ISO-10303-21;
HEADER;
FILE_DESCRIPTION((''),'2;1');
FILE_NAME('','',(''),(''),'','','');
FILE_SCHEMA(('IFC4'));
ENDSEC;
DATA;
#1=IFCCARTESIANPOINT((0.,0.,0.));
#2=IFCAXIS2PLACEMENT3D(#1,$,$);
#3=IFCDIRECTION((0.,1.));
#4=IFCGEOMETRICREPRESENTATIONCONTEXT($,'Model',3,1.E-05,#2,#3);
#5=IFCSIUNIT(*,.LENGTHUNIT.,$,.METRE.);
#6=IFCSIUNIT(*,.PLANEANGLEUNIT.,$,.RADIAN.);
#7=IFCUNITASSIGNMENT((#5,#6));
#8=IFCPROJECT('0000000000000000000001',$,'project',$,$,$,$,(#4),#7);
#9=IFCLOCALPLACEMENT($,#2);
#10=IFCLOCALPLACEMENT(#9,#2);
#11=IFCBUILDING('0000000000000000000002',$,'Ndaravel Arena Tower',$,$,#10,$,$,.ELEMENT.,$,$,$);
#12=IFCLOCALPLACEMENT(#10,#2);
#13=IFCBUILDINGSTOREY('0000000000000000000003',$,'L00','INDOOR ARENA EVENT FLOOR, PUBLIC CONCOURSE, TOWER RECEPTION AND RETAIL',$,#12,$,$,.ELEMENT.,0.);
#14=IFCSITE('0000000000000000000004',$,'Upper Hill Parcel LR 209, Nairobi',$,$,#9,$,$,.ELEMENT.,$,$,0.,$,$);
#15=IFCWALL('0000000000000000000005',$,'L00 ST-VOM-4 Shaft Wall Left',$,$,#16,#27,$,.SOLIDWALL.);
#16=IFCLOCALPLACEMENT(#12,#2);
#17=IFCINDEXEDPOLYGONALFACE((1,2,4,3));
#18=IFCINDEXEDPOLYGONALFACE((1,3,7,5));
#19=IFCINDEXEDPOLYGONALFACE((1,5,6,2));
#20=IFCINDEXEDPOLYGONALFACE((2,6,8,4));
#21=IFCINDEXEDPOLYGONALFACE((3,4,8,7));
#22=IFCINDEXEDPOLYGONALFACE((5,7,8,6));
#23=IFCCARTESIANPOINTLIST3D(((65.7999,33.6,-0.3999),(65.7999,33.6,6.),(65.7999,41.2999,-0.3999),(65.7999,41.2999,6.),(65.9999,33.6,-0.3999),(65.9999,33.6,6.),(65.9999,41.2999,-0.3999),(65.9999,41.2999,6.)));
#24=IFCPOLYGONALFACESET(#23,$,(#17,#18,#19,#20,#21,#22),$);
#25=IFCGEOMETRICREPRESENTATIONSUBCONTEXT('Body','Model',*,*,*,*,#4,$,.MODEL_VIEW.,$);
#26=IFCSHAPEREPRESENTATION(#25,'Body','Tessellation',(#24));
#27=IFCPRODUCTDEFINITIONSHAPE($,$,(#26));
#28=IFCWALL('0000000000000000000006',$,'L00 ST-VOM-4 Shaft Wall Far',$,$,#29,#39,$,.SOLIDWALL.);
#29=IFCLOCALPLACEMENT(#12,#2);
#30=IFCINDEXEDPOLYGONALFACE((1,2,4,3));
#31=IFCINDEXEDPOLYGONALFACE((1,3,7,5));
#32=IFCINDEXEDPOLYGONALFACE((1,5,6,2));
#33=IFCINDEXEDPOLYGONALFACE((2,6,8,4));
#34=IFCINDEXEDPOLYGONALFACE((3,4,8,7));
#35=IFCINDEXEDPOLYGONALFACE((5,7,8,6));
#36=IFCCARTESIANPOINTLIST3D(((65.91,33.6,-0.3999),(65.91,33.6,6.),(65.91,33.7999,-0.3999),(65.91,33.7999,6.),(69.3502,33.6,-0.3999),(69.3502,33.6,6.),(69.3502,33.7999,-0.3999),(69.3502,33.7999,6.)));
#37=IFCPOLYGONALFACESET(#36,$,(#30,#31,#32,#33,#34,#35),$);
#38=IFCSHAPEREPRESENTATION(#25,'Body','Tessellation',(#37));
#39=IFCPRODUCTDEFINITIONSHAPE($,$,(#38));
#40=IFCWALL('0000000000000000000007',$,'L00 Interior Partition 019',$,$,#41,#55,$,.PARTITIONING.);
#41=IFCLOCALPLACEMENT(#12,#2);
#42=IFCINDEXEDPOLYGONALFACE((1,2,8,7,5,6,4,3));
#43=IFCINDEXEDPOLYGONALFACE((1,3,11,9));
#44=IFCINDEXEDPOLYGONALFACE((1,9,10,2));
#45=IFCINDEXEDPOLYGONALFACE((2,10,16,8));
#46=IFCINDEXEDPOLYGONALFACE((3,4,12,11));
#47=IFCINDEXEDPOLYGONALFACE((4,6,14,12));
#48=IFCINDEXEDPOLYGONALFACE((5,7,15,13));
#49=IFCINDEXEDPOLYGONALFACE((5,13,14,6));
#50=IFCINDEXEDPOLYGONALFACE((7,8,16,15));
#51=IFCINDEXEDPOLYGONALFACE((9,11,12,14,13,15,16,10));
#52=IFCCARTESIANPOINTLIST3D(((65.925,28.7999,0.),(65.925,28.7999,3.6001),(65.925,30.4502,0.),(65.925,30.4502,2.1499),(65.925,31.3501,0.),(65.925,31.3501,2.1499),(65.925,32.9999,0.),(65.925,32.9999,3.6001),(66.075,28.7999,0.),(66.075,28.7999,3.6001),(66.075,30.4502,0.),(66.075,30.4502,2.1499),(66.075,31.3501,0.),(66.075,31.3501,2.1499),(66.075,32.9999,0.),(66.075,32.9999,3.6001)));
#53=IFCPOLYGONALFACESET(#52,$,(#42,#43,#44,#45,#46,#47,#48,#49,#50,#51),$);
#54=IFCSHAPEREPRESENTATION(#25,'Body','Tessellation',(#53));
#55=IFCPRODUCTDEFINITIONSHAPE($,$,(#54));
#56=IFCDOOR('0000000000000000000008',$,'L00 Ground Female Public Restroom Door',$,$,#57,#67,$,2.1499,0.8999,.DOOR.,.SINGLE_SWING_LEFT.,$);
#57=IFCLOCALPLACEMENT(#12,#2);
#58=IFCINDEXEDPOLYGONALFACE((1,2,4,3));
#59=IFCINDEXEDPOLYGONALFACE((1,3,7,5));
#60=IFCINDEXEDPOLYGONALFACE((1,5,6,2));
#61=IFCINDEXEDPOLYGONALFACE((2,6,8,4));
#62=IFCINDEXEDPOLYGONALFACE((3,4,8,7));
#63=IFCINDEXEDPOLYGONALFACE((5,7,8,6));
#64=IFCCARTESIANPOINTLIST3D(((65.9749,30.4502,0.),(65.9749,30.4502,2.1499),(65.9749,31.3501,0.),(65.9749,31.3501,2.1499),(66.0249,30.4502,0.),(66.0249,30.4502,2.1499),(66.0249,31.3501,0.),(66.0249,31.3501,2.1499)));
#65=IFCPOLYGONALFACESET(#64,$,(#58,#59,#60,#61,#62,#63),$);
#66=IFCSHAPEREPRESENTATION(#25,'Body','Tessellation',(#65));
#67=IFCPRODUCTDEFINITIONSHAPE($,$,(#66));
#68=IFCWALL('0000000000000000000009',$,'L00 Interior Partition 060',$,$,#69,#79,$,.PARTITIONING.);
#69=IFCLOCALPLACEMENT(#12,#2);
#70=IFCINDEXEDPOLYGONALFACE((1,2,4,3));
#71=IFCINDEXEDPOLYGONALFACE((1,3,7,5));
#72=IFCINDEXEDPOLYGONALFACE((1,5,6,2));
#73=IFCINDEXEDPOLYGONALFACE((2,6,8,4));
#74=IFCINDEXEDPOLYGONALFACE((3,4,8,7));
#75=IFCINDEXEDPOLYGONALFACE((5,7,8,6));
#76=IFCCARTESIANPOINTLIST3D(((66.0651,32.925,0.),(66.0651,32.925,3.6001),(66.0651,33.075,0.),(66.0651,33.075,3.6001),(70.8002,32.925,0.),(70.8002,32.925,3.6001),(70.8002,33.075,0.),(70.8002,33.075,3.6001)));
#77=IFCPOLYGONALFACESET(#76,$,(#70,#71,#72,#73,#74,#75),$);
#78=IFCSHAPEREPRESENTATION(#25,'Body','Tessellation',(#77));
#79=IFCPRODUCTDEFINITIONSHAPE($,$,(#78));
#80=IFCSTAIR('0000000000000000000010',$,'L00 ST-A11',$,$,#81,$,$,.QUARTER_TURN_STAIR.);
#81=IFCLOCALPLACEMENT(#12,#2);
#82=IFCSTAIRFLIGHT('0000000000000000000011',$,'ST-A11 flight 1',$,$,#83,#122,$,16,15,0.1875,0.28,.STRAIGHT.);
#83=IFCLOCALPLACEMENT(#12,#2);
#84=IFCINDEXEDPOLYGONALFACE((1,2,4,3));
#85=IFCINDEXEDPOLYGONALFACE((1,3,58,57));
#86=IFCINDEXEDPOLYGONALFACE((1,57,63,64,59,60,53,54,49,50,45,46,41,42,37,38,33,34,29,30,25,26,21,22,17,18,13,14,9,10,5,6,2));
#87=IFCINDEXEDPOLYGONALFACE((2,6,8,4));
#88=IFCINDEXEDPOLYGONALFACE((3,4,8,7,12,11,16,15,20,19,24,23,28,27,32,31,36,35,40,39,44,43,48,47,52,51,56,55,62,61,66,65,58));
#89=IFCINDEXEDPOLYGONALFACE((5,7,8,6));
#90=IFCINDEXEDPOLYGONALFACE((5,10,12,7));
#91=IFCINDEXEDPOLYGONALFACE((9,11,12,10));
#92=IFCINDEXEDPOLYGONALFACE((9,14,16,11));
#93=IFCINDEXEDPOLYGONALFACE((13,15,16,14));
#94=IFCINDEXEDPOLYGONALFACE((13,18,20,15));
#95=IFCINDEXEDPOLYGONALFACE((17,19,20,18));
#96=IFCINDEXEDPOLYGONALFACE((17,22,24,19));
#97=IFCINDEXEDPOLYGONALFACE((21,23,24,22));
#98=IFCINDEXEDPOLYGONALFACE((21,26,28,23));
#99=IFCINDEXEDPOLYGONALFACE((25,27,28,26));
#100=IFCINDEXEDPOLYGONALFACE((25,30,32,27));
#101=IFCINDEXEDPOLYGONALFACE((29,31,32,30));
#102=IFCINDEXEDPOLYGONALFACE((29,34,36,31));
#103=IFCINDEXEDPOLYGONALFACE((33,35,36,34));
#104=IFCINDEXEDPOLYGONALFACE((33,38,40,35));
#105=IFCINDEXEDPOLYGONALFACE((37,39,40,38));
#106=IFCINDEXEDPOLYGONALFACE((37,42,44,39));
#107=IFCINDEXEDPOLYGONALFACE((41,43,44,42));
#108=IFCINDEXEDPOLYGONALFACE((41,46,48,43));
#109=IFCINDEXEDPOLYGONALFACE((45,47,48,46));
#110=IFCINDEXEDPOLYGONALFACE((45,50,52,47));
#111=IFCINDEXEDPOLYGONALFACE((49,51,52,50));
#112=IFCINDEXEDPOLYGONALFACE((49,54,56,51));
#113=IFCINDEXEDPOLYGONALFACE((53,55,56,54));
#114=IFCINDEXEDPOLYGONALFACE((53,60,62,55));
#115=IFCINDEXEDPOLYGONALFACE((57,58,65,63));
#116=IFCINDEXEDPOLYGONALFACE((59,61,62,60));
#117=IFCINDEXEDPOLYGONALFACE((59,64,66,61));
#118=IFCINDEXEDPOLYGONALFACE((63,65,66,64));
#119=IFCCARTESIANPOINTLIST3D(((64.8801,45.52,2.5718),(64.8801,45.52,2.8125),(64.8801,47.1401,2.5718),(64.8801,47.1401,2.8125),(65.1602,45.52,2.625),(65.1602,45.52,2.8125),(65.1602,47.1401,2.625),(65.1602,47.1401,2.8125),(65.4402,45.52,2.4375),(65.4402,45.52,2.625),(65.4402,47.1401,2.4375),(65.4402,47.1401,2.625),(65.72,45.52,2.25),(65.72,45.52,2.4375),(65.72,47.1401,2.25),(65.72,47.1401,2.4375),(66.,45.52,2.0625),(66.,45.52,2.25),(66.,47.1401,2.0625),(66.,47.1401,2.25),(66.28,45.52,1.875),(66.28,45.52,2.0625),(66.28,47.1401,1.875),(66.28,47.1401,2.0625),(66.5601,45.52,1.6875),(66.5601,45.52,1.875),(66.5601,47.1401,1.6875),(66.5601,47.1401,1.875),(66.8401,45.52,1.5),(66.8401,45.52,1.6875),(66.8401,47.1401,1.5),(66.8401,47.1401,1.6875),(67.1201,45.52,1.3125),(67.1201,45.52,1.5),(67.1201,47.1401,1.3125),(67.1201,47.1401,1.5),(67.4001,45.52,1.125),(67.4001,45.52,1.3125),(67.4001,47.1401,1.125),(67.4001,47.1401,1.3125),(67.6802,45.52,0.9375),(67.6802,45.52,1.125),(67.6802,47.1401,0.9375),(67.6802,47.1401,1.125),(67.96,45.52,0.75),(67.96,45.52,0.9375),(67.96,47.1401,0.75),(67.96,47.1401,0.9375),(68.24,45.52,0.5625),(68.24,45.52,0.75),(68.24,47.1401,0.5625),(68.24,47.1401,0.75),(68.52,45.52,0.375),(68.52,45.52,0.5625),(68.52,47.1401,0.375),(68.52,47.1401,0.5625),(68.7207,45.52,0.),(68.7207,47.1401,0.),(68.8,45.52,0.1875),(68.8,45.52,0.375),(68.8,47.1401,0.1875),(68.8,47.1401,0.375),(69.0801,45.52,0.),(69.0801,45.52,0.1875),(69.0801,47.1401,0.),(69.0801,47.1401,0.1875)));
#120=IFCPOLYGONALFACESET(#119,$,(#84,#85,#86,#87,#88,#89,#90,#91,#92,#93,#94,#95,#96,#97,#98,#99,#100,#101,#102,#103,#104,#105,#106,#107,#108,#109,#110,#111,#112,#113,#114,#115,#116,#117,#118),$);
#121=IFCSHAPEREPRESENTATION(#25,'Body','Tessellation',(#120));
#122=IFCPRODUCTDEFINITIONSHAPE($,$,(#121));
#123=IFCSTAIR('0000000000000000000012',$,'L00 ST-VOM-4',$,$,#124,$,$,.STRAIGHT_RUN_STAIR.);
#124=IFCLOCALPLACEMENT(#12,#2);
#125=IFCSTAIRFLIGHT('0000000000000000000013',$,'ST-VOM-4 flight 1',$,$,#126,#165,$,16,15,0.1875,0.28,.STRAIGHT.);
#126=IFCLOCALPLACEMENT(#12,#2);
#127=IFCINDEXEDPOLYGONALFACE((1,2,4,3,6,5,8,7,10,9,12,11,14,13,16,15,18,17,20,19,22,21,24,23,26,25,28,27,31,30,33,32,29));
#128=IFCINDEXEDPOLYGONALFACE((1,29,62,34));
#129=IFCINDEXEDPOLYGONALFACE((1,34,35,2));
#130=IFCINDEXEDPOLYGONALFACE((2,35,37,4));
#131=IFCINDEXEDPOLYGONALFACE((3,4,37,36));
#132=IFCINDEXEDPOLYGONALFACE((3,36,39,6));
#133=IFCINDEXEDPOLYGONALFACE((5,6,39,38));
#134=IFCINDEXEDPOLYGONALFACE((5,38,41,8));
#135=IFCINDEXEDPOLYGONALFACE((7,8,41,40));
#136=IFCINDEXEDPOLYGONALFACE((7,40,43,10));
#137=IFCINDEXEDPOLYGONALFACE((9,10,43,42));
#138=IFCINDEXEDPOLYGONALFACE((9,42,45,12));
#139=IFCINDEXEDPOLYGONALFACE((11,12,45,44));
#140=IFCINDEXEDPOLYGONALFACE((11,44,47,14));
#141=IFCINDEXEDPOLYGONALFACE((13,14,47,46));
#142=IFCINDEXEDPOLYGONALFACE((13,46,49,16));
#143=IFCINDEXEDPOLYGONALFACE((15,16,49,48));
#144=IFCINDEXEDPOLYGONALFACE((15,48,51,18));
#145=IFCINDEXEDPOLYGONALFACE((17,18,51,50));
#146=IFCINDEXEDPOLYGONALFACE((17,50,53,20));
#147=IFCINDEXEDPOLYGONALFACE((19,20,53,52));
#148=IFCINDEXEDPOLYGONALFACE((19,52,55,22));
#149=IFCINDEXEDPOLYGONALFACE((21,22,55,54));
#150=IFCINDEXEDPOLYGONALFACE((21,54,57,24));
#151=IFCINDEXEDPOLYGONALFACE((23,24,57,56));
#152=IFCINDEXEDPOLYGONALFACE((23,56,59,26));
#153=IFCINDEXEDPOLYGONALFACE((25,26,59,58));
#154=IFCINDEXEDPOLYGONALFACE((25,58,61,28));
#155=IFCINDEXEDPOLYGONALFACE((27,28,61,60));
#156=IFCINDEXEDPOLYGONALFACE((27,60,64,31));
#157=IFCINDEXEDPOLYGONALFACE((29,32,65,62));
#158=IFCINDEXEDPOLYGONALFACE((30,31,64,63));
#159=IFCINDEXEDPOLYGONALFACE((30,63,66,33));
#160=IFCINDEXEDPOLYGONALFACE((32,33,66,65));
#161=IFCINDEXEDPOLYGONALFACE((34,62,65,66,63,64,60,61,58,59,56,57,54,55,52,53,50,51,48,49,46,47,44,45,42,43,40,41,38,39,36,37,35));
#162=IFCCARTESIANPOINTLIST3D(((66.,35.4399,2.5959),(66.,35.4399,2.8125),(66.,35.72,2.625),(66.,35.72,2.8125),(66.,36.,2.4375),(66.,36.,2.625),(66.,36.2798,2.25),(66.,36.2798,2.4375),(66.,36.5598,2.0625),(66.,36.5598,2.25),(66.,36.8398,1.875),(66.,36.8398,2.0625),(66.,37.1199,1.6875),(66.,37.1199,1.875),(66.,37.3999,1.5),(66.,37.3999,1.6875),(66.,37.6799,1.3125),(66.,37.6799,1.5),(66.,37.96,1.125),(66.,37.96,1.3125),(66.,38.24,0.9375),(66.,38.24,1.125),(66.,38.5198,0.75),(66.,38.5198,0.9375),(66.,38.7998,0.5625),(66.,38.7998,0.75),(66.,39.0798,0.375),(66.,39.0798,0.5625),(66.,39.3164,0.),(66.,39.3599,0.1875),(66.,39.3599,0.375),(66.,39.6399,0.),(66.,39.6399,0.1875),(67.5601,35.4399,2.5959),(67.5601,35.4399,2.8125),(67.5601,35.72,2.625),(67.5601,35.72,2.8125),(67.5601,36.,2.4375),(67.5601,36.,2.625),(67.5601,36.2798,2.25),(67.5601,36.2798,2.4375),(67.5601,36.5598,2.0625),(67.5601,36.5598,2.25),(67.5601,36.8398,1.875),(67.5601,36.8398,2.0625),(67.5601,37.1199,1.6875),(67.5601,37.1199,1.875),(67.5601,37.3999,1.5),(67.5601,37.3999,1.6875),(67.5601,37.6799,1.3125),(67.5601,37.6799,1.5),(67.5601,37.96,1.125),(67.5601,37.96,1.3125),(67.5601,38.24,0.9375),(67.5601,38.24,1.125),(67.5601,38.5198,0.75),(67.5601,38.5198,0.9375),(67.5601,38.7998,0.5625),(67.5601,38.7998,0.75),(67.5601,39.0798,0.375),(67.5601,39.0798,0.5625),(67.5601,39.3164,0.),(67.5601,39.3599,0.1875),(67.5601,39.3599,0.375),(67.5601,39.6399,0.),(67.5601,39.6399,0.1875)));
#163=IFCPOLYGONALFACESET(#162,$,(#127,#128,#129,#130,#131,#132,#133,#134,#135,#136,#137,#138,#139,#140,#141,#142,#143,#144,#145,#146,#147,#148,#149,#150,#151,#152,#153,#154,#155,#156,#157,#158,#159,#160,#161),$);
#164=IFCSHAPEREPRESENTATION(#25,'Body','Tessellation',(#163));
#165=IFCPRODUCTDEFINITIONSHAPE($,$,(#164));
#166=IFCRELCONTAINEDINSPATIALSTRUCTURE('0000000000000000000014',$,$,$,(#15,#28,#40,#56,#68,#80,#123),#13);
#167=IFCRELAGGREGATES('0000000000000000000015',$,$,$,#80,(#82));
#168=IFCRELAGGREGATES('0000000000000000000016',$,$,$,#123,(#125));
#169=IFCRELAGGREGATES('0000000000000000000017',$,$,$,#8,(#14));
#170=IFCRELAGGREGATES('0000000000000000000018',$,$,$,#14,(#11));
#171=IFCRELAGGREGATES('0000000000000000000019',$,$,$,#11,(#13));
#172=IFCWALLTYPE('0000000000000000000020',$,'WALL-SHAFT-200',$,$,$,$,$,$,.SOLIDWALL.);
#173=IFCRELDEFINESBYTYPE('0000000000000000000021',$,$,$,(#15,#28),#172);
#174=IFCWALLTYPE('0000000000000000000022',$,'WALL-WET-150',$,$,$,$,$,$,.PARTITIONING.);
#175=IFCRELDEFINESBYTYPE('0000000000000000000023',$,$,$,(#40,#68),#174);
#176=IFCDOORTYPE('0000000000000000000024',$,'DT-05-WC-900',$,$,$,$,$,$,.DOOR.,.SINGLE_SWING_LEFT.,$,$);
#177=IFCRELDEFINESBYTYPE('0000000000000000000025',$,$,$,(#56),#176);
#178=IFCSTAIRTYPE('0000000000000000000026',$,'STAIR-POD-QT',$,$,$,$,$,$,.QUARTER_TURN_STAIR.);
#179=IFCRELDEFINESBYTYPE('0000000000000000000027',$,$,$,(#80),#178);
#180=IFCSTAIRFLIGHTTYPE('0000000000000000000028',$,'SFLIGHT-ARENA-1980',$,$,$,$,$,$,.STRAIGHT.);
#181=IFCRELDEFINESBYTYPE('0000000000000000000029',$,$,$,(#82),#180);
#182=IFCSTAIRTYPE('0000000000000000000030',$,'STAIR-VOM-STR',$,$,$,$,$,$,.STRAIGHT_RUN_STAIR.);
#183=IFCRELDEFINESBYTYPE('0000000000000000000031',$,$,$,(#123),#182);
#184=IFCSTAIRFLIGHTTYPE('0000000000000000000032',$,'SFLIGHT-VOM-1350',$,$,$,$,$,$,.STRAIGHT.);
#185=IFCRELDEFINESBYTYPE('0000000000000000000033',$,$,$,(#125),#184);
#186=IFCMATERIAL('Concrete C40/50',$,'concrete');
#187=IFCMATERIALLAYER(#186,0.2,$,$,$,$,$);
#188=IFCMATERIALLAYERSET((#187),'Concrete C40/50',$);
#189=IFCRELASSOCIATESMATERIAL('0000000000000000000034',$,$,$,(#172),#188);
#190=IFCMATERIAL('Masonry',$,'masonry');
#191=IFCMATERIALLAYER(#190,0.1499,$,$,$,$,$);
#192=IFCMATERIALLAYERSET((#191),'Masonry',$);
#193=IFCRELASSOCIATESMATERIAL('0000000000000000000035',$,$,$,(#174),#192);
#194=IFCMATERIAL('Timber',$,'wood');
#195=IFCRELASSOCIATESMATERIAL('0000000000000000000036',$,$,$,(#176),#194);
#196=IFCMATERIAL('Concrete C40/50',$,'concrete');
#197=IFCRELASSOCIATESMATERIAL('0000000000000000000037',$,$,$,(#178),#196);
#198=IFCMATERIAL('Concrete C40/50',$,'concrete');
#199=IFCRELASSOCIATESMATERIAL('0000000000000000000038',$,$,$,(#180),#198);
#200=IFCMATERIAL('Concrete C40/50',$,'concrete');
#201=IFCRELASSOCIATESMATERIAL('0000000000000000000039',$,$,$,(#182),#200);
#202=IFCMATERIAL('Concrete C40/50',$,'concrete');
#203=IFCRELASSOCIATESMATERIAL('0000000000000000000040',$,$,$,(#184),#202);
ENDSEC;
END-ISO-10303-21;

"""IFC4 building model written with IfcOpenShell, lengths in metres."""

from ifc_helpers import new_model, si_unit, direction, frame, frame_2d, origin, place, context, subcontext, project, spatial, polyline, rectangle, outline, extrude, material, layer, layer_set, type_object, element, fill, aggregate, save


model = new_model("IFC4")

# Units and contexts
model_context = context("Model", 3, precision=1e-05, world=origin(), true_north=direction((0.0, 1.0)))
body_context = subcontext(model_context, "Body", "Model", "MODEL_VIEW")
ifc_project = project(units=[si_unit("LENGTHUNIT", "METRE"), si_unit("PLANEANGLEUNIT", "RADIAN")], contexts=[model_context])

# Site, building, storey
site_placement = place(None, origin())
site = spatial("IfcSite", under=ifc_project, at=site_placement, Name="Upper Hill Parcel LR 209, Nairobi", CompositionType="ELEMENT", RefElevation=0.0)
building_placement = place(site_placement, origin())
building = spatial("IfcBuilding", under=site, at=building_placement, Name="Ndaravel Arena Tower", CompositionType="ELEMENT")
storey_placement = place(building_placement, origin())
storey = spatial("IfcBuildingStorey", under=building, at=storey_placement, Name="L00", Description="INDOOR ARENA EVENT FLOOR, PUBLIC CONCOURSE, TOWER RECEPTION AND RETAIL", CompositionType="ELEMENT", Elevation=0.0)

# Walls
ifc_material_1 = material(Name="Concrete C40/50", Category="concrete")
ifc_layer_1 = layer(ifc_material_1, 0.2)
ifc_layer_set_1 = layer_set([ifc_layer_1], Name="Concrete C40/50")
wall_type_1 = type_object("IfcWallType", Name="WALL-SHAFT-200", PredefinedType="SOLIDWALL", material=ifc_layer_set_1)
wall_1_placement = place(storey_placement, frame((65.8999, 41.3, -0.3999), z_axis=(0.0, 0.0, 1.0), x_axis=(0.0, -1.0, 0.0)))
element("IfcWall", 1, at=wall_1_placement, inside=storey, type_object=wall_type_1, Name="L00 ST-VOM-4 Shaft Wall Left", PredefinedType="SOLIDWALL", context=body_context, shape_type="SweptSolid", body=[
    extrude(rectangle(XDim=7.7, YDim=0.2, at=frame_2d((3.8501, 0.0))), origin(), (0.0, 0.0, 1.0), 6.3999),
])
wall_2_placement = place(storey_placement, frame((65.9099, 33.7, -0.3999), z_axis=(0.0, 0.0, 1.0), x_axis=(1.0, 0.0, 0.0)))
element("IfcWall", 2, at=wall_2_placement, inside=storey, type_object=wall_type_1, Name="L00 ST-VOM-4 Shaft Wall Far", PredefinedType="SOLIDWALL", context=body_context, shape_type="SweptSolid", body=[
    extrude(rectangle(XDim=3.4402, YDim=0.2, at=frame_2d((1.7202, 0.0))), origin(), (0.0, 0.0, 1.0), 6.3999),
])

# Wall, opening, door
ifc_material_2 = material(Name="Masonry", Category="masonry")
ifc_layer_2 = layer(ifc_material_2, 0.1499)
ifc_layer_set_2 = layer_set([ifc_layer_2], Name="Masonry")
wall_type_2 = type_object("IfcWallType", Name="WALL-WET-150", PredefinedType="PARTITIONING", material=ifc_layer_set_2)
wall_3_placement = place(storey_placement, frame((66.0, 33.0, 0.0), z_axis=(0.0, 0.0, 1.0), x_axis=(0.0, -1.0, 0.0)))
wall_3 = element("IfcWall", 3, at=wall_3_placement, inside=storey, type_object=wall_type_2, Name="L00 Interior Partition 019", PredefinedType="PARTITIONING", context=body_context, shape_type="SweptSolid", body=[
    extrude(rectangle(XDim=4.2, YDim=0.1499, at=frame_2d((2.1001, 0.0))), origin(), (0.0, 0.0, 1.0), 3.6001),
])
opening_1_placement = place(wall_3_placement, frame((1.6499, 0.0, 0.0)))
opening_1 = element("IfcOpeningElement", 4, at=opening_1_placement, cuts=wall_3, PredefinedType="OPENING", context=body_context, shape_type="SweptSolid", body=[
    extrude(rectangle(XDim=0.8999, YDim=2.1499, at=frame_2d((0.45, 1.075))), frame((0.0, 0.075, 0.0), z_axis=(0.0, -1.0, 0.0), x_axis=(1.0, 0.0, 0.0)), (0.0, 0.0, 1.0), 0.1499),
])
ifc_material_3 = material(Name="Timber", Category="wood")
door_type_1 = type_object("IfcDoorType", Name="DT-05-WC-900", OperationType="SINGLE_SWING_LEFT", PredefinedType="DOOR", material=ifc_material_3)
door_1_placement = place(opening_1_placement, origin())
door_1 = element("IfcDoor", 5, at=door_1_placement, inside=storey, type_object=door_type_1, Name="L00 Ground Female Public Restroom Door", OperationType="SINGLE_SWING_LEFT", OverallHeight=2.1499, OverallWidth=0.8999, PredefinedType="DOOR", context=body_context, shape_type="SweptSolid", body=[
    extrude(rectangle(XDim=0.8999, YDim=2.1499, at=frame_2d((0.45, 1.075))), frame((0.0, 0.0249, 0.0), z_axis=(0.0, -1.0, 0.0), x_axis=(1.0, 0.0, 0.0)), (0.0, 0.0, 1.0), 0.05),
])
fill(opening_1, door_1)

# Wall
wall_4_placement = place(storey_placement, frame((66.0649, 33.0, 0.0), z_axis=(0.0, 0.0, 1.0), x_axis=(1.0, 0.0, 0.0)))
element("IfcWall", 6, at=wall_4_placement, inside=storey, type_object=wall_type_2, Name="L00 Interior Partition 060", PredefinedType="PARTITIONING", context=body_context, shape_type="SweptSolid", body=[
    extrude(rectangle(XDim=4.7351, YDim=0.1499, at=frame_2d((2.3677, 0.0))), origin(), (0.0, 0.0, 1.0), 3.6001),
])

# Stair, stair flight
ifc_material_4 = material(Name="Concrete C40/50", Category="concrete")
stair_type_1 = type_object("IfcStairType", Name="STAIR-POD-QT", PredefinedType="QUARTER_TURN_STAIR", material=ifc_material_4)
stair_1_placement = place(storey_placement, origin())
stair_1 = element("IfcStair", 7, at=stair_1_placement, inside=storey, type_object=stair_type_1, Name="L00 ST-A11", PredefinedType="QUARTER_TURN_STAIR")
ifc_material_5 = material(Name="Concrete C40/50", Category="concrete")
stair_flight_type_1 = type_object("IfcStairFlightType", Name="SFLIGHT-ARENA-1980", PredefinedType="STRAIGHT", material=ifc_material_5)
stair_flight_1_placement = place(storey_placement, frame((69.0801, 46.3301, 0.0), z_axis=(0.0, 0.0, 1.0), x_axis=(-1.0, 0.0, 0.0)))
stair_flight_1 = element("IfcStairFlight", 8, at=stair_flight_1_placement, type_object=stair_flight_type_1, Name="ST-A11 flight 1", NumberOfRisers=16, NumberOfTreads=15, PredefinedType="STRAIGHT", RiserHeight=0.1875, TreadLength=0.28, context=body_context, shape_type="SweptSolid", body=[
    extrude(outline(polyline([(0.0, 0.0), (0.0, 0.1875), (0.28, 0.1875), (0.28, 0.375), (0.5601, 0.375), (0.5601, 0.5625), (0.8401, 0.5625), (0.8401, 0.75), (1.1201, 0.75), (1.1201, 0.9375), (1.3999, 0.9375), (1.3999, 1.125), (1.6799, 1.125), (1.6799, 1.3125), (1.96, 1.3125), (1.96, 1.5), (2.24, 1.5), (2.24, 1.6875), (2.52, 1.6875), (2.52, 1.875), (2.8, 1.875), (2.8, 2.0625), (3.0801, 2.0625), (3.0801, 2.25), (3.3601, 2.25), (3.3601, 2.4375), (3.6399, 2.4375), (3.6399, 2.625), (3.9199, 2.625), (3.9199, 2.8125), (4.2, 2.8125), (4.2, 3.0), (4.2, 2.5718), (0.3594, 0.0), (0.0, 0.0)])), frame((0.0, 0.8101, 0.0), z_axis=(0.0, -1.0, 0.0), x_axis=(1.0, 0.0, 0.0)), (0.0, 0.0, 1.0), 1.6201),
])
aggregate(stair_1, [stair_flight_1])

# Stair, stair flight
ifc_material_6 = material(Name="Concrete C40/50", Category="concrete")
stair_type_2 = type_object("IfcStairType", Name="STAIR-VOM-STR", PredefinedType="STRAIGHT_RUN_STAIR", material=ifc_material_6)
stair_2_placement = place(storey_placement, origin())
stair_2 = element("IfcStair", 9, at=stair_2_placement, inside=storey, type_object=stair_type_2, Name="L00 ST-VOM-4", PredefinedType="STRAIGHT_RUN_STAIR")
ifc_material_7 = material(Name="Concrete C40/50", Category="concrete")
stair_flight_type_2 = type_object("IfcStairFlightType", Name="SFLIGHT-VOM-1350", PredefinedType="STRAIGHT", material=ifc_material_7)
stair_flight_2_placement = place(storey_placement, frame((66.78, 39.6399, 0.0), z_axis=(0.0, 0.0, 1.0), x_axis=(0.0, -1.0, 0.0)))
stair_flight_2 = element("IfcStairFlight", 10, at=stair_flight_2_placement, type_object=stair_flight_type_2, Name="ST-VOM-4 flight 1", NumberOfRisers=16, NumberOfTreads=15, PredefinedType="STRAIGHT", RiserHeight=0.1875, TreadLength=0.28, context=body_context, shape_type="SweptSolid", body=[
    extrude(outline(polyline([(0.0, 0.0), (0.0, 0.1875), (0.28, 0.1875), (0.28, 0.375), (0.5601, 0.375), (0.5601, 0.5625), (0.8401, 0.5625), (0.8401, 0.75), (1.1201, 0.75), (1.1201, 0.9375), (1.3999, 0.9375), (1.3999, 1.125), (1.6799, 1.125), (1.6799, 1.3125), (1.96, 1.3125), (1.96, 1.5), (2.24, 1.5), (2.24, 1.6875), (2.52, 1.6875), (2.52, 1.875), (2.8, 1.875), (2.8, 2.0625), (3.0801, 2.0625), (3.0801, 2.25), (3.3601, 2.25), (3.3601, 2.4375), (3.6399, 2.4375), (3.6399, 2.625), (3.9199, 2.625), (3.9199, 2.8125), (4.2, 2.8125), (4.2, 3.0), (4.2, 2.5959), (0.3235, 0.0), (0.0, 0.0)])), frame((0.0, 0.78, 0.0), z_axis=(0.0, -1.0, 0.0), x_axis=(1.0, 0.0, 0.0)), (0.0, 0.0, 1.0), 1.5601),
])
aggregate(stair_2, [stair_flight_2])

save(model, "model.ifc")
